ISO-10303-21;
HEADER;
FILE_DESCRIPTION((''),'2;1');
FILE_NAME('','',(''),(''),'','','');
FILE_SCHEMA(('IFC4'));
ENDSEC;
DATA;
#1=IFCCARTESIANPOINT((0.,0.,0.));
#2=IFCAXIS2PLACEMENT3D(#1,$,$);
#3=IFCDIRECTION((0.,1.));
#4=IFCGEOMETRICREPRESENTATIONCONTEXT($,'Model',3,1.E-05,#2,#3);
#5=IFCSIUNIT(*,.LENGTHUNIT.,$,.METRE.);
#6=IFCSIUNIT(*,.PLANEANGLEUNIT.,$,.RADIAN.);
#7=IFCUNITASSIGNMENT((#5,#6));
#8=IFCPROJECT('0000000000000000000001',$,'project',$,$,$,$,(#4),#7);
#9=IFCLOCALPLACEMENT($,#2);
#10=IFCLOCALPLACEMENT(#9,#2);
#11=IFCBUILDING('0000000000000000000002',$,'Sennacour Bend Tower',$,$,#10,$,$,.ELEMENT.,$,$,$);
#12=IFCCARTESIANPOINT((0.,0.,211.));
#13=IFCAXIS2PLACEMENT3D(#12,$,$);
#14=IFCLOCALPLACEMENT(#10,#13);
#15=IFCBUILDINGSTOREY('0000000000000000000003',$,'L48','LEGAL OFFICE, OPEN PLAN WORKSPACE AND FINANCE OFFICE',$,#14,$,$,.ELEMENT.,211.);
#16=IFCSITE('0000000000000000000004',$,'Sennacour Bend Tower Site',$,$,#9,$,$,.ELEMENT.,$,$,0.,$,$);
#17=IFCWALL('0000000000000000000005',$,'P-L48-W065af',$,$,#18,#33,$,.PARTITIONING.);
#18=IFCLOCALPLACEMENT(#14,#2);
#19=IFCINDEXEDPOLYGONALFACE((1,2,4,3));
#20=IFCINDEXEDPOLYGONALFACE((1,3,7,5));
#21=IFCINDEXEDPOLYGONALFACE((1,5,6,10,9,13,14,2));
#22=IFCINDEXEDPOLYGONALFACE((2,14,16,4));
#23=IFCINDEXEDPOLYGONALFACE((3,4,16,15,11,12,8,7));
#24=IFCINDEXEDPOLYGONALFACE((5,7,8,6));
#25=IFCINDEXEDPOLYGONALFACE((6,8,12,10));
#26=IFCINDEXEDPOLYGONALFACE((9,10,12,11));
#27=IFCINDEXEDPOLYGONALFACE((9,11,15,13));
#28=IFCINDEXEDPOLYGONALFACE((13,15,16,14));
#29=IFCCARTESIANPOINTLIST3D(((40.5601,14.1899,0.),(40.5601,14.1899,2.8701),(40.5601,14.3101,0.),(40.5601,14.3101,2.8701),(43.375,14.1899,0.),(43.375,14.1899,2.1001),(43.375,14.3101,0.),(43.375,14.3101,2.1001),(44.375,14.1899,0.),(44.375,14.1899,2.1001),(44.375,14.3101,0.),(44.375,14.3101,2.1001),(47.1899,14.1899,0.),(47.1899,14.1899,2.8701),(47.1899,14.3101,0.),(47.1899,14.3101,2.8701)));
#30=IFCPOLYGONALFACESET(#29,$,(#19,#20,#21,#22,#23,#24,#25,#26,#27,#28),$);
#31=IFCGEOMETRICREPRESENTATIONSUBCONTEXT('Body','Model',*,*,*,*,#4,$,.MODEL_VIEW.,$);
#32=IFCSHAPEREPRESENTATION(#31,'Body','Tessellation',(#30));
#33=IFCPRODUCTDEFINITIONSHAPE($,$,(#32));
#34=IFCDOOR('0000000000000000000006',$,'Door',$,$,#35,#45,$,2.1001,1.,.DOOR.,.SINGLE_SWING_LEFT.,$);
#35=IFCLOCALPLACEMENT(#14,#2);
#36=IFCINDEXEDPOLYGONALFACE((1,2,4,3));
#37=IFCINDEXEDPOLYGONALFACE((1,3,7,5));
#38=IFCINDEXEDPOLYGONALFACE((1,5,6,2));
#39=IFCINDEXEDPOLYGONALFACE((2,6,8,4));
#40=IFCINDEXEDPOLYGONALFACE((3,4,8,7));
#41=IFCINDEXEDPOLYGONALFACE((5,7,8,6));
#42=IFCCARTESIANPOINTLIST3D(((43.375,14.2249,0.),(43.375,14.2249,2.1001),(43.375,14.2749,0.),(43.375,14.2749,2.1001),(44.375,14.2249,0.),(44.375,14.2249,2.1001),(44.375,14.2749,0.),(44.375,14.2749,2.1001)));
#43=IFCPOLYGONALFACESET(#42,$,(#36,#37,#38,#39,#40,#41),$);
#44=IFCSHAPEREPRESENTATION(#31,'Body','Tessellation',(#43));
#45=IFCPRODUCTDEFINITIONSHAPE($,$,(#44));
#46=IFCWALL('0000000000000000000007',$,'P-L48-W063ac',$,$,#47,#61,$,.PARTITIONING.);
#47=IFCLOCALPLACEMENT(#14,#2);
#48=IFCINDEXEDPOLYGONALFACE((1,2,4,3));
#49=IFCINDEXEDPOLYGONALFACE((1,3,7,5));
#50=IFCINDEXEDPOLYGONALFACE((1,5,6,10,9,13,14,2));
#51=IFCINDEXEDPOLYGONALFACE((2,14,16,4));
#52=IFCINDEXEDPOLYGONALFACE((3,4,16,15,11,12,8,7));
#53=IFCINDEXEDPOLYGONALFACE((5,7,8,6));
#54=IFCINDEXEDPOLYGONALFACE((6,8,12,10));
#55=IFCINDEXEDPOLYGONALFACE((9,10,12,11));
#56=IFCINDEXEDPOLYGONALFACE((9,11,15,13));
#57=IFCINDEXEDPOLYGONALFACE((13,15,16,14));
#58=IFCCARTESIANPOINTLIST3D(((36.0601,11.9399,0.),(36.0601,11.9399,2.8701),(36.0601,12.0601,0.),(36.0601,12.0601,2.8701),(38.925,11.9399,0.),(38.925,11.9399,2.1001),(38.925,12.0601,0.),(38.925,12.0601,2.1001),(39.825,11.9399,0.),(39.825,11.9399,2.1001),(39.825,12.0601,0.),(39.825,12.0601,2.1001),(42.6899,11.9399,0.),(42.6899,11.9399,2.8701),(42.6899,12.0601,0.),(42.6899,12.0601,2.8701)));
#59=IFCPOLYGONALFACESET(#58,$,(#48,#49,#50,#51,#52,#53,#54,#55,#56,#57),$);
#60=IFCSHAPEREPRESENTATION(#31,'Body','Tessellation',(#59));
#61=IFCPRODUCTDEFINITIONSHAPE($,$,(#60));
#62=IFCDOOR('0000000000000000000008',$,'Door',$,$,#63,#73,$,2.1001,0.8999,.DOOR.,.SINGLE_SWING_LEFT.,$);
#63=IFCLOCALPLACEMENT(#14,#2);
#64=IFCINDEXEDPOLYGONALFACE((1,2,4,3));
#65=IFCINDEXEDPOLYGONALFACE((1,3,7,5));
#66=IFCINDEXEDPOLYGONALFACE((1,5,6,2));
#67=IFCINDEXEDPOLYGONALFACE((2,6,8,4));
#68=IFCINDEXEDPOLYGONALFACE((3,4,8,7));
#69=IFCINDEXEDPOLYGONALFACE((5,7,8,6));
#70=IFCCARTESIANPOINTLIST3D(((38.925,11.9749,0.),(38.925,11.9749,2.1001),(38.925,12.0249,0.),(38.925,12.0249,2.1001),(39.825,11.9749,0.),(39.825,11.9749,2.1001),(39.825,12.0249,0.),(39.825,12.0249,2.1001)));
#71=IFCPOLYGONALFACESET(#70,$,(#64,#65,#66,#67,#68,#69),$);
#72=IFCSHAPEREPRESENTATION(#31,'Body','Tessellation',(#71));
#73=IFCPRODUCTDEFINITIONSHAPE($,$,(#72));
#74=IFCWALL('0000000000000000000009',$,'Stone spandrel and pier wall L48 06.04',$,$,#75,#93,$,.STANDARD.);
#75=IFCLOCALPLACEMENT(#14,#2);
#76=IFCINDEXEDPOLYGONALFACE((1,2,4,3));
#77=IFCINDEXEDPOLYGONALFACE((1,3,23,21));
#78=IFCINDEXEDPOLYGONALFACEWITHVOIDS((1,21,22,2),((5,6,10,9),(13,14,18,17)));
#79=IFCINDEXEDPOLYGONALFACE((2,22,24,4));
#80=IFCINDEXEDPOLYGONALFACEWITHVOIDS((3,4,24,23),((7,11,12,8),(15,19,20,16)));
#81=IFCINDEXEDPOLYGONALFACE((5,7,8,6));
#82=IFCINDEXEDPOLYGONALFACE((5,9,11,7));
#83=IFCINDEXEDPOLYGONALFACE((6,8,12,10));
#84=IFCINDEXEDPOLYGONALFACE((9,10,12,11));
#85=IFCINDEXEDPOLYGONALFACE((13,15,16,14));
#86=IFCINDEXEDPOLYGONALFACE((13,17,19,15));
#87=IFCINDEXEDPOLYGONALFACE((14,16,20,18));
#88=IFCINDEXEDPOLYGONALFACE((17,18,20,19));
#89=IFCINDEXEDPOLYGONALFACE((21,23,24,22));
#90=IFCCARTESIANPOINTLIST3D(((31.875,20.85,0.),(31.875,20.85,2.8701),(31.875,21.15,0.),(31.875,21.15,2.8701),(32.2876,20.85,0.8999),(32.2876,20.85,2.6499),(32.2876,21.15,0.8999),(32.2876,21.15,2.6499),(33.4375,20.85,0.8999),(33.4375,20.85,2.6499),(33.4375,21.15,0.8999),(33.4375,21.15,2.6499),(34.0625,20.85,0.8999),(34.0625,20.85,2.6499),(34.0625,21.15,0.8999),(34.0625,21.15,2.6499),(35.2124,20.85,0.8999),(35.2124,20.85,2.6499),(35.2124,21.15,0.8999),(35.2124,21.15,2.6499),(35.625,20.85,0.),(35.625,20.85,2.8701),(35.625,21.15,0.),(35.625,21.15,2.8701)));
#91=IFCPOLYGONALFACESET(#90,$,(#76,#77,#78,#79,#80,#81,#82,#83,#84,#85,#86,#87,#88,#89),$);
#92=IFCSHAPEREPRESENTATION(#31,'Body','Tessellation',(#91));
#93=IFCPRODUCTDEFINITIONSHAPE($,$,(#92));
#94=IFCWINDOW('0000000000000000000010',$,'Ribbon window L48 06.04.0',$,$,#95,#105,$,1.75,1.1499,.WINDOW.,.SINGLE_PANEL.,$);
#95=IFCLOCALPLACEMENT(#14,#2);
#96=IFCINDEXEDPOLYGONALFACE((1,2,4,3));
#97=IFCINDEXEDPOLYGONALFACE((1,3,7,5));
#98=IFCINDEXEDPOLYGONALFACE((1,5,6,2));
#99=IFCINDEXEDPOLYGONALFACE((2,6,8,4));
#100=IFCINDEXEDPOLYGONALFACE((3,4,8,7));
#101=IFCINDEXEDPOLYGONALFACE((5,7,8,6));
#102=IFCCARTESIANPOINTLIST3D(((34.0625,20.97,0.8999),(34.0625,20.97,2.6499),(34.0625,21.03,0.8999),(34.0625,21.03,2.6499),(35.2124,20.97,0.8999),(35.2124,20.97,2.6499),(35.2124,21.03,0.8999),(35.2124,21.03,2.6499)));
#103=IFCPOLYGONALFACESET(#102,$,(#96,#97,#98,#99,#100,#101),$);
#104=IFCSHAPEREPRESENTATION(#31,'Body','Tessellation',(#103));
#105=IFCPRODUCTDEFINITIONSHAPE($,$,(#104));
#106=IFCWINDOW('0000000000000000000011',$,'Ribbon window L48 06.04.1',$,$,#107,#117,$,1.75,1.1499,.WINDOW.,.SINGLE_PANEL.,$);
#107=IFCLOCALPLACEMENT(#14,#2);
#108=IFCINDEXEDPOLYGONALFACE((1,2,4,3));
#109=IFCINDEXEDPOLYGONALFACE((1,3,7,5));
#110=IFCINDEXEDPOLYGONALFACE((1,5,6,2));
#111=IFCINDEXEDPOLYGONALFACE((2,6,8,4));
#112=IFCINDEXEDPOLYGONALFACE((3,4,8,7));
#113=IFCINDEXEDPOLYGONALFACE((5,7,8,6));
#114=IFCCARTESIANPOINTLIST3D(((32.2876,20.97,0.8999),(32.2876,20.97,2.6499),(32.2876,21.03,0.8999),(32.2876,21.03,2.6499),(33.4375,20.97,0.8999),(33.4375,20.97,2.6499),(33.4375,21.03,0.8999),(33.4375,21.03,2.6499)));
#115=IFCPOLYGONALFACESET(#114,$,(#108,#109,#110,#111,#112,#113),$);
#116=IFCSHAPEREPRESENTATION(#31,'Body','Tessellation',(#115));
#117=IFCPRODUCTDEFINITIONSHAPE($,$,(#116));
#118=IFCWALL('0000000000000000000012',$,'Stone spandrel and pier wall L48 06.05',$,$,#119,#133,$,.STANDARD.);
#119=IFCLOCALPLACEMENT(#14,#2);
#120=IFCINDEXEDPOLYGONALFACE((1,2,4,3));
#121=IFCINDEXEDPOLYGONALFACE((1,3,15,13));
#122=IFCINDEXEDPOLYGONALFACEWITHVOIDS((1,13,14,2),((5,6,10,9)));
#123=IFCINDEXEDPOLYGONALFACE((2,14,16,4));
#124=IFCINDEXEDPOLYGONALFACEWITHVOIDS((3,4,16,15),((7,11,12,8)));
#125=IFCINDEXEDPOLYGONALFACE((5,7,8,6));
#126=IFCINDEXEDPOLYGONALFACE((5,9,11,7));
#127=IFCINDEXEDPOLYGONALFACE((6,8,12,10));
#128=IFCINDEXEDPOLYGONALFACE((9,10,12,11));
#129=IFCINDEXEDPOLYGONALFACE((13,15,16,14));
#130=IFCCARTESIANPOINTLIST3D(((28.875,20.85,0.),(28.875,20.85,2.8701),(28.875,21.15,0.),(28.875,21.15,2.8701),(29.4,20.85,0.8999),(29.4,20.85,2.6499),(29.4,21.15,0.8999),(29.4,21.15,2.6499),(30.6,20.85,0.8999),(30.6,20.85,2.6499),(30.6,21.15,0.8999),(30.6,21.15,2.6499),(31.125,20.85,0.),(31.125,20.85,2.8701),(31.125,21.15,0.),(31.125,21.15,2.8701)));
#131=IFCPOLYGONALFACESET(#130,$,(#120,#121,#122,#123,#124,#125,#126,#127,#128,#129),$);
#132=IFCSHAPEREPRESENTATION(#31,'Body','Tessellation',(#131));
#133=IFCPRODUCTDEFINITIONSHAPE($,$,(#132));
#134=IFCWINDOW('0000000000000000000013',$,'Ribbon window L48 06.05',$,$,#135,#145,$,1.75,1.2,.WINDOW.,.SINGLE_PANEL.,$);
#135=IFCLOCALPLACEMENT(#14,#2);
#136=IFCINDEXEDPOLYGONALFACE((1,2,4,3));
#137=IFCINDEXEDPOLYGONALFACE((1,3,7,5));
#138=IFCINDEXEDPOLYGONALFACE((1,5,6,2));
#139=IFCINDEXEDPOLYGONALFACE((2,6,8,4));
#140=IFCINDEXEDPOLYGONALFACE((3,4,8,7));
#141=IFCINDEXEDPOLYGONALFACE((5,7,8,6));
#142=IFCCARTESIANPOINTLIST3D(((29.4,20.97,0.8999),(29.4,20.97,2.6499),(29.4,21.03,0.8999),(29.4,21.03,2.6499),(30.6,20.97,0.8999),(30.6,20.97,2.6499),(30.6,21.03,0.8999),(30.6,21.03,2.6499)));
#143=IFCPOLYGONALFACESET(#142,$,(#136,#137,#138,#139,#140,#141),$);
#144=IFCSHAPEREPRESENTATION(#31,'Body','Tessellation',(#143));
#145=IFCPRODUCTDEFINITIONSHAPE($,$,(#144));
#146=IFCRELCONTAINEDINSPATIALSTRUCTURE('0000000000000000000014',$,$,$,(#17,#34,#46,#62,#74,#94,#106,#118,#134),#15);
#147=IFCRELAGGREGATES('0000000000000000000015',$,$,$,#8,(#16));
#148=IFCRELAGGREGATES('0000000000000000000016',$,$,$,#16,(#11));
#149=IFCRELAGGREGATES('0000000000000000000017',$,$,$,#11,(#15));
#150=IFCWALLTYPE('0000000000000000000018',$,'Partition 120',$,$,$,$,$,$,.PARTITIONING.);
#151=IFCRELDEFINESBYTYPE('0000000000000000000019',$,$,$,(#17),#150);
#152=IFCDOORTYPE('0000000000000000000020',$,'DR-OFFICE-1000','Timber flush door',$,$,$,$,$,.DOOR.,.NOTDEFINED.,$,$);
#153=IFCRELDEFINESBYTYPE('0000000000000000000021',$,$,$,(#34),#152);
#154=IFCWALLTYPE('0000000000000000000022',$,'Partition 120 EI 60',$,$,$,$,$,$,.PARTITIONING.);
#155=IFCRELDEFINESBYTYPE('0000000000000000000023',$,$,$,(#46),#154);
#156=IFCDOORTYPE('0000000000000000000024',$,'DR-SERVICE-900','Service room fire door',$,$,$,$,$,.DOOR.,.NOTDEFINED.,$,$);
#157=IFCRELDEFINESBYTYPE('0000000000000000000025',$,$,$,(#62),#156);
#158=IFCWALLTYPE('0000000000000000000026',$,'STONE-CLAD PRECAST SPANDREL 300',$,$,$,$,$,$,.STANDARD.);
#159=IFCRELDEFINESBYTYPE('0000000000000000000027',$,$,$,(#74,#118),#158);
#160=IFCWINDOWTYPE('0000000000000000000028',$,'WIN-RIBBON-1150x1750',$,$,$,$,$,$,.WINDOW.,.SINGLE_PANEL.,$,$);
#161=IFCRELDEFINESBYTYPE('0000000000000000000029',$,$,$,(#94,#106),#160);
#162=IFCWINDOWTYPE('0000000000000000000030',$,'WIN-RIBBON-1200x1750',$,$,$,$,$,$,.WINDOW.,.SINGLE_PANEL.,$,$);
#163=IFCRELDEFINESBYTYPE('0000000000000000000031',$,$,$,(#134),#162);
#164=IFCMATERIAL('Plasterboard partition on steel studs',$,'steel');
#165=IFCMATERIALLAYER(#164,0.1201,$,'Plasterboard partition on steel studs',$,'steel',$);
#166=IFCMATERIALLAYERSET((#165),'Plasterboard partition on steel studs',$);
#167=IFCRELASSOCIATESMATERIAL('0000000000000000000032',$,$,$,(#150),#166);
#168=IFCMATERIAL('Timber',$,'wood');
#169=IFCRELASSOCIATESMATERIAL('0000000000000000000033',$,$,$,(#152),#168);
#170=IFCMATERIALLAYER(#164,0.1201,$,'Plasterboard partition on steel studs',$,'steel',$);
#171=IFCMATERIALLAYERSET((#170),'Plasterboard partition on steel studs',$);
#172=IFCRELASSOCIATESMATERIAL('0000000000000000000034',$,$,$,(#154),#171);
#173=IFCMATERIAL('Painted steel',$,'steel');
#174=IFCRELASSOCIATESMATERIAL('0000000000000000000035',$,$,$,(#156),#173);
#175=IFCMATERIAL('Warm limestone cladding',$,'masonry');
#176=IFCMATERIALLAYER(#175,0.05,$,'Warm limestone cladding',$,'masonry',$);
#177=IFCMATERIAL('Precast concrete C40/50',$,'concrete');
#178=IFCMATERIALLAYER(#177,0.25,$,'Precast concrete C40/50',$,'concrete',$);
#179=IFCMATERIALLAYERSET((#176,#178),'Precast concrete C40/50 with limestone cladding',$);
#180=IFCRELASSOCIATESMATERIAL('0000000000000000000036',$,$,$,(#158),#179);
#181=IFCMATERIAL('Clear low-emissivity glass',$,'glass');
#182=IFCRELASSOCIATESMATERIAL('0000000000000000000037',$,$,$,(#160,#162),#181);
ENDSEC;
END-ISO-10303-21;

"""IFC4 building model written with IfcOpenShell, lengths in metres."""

from ifc_helpers import new_model, si_unit, direction, frame, frame_2d, origin, place, context, subcontext, project, spatial, rectangle, extrude, material, layer, layer_set, type_object, element, fill, save


model = new_model("IFC4")

# Units and contexts
model_context = context("Model", 3, precision=1e-05, world=origin(), true_north=direction((0.0, 1.0)))
body_context = subcontext(model_context, "Body", "Model", "MODEL_VIEW")
ifc_project = project(units=[si_unit("LENGTHUNIT", "METRE"), si_unit("PLANEANGLEUNIT", "RADIAN")], contexts=[model_context])

# Site, building, storey
site_placement = place(None, origin())
site = spatial("IfcSite", under=ifc_project, at=site_placement, Name="Sennacour Bend Tower Site", CompositionType="ELEMENT", RefElevation=0.0)
building_placement = place(site_placement, origin())
building = spatial("IfcBuilding", under=site, at=building_placement, Name="Sennacour Bend Tower", CompositionType="ELEMENT")
storey_placement = place(building_placement, frame((0.0, 0.0, 211.0)))
storey = spatial("IfcBuildingStorey", under=building, at=storey_placement, Name="L48", Description="LEGAL OFFICE, OPEN PLAN WORKSPACE AND FINANCE OFFICE", CompositionType="ELEMENT", Elevation=211.0)

# Shared definitions
ifc_material_1 = material(Name="Plasterboard partition on steel studs", Category="steel")
ifc_layer_1 = layer(ifc_material_1, 0.1201, Name="Plasterboard partition on steel studs", Category="steel")
ifc_layer_set_1 = layer_set([ifc_layer_1], Name="Plasterboard partition on steel studs")
wall_type_1 = type_object("IfcWallType", Name="Partition 120", PredefinedType="PARTITIONING", material=ifc_layer_set_1)

# Walls, openings, doors
ifc_material_2 = material(Name="Timber", Category="wood")
door_type_1 = type_object("IfcDoorType", Name="DR-OFFICE-1000", Description="Timber flush door", OperationType="NOTDEFINED", PredefinedType="DOOR", material=ifc_material_2)
wall_1_placement = place(storey_placement, frame((40.5601, 14.25, 0.0), z_axis=(0.0, 0.0, 1.0), x_axis=(1.0, 0.0, 0.0)))
wall_1 = element("IfcWall", 1, at=wall_1_placement, inside=storey, type_object=wall_type_1, Name="P-L48-W065af", PredefinedType="PARTITIONING", context=body_context, shape_type="SweptSolid", body=[
    extrude(rectangle(XDim=6.6299, YDim=0.1201, at=frame_2d((3.3149, 0.0))), origin(), (0.0, 0.0, 1.0), 2.8701),
])
opening_1_placement = place(wall_1_placement, frame((2.8149, 0.0, 0.0)))
opening_1 = element("IfcOpeningElement", 2, at=opening_1_placement, cuts=wall_1, PredefinedType="OPENING", context=body_context, shape_type="SweptSolid", body=[
    extrude(rectangle(XDim=1.0, YDim=2.1001, at=frame_2d((0.5, 1.05))), frame((0.0, 0.0701, 0.0), z_axis=(0.0, -1.0, 0.0), x_axis=(1.0, 0.0, 0.0)), (0.0, 0.0, 1.0), 0.1401),
])
door_1_placement = place(opening_1_placement, origin())
door_1 = element("IfcDoor", 3, at=door_1_placement, inside=storey, type_object=door_type_1, Name="Door", OperationType="SINGLE_SWING_LEFT", OverallHeight=2.1001, OverallWidth=1.0, PredefinedType="DOOR", context=body_context, shape_type="SweptSolid", body=[
    extrude(rectangle(XDim=1.0, YDim=2.1001, at=frame_2d((0.5, 1.05))), frame((0.0, 0.0249, 0.0), z_axis=(0.0, -1.0, 0.0), x_axis=(1.0, 0.0, 0.0)), (0.0, 0.0, 1.0), 0.05),
])
fill(opening_1, door_1)
ifc_layer_2 = layer(ifc_material_1, 0.1201, Name="Plasterboard partition on steel studs", Category="steel")
ifc_layer_set_2 = layer_set([ifc_layer_2], Name="Plasterboard partition on steel studs")
wall_type_2 = type_object("IfcWallType", Name="Partition 120 EI 60", PredefinedType="PARTITIONING", material=ifc_layer_set_2)
wall_2_placement = place(storey_placement, frame((36.0601, 12.0, 0.0), z_axis=(0.0, 0.0, 1.0), x_axis=(1.0, 0.0, 0.0)))
wall_2 = element("IfcWall", 4, at=wall_2_placement, inside=storey, type_object=wall_type_2, Name="P-L48-W063ac", PredefinedType="PARTITIONING", context=body_context, shape_type="SweptSolid", body=[
    extrude(rectangle(XDim=6.6299, YDim=0.1201, at=frame_2d((3.3149, 0.0))), origin(), (0.0, 0.0, 1.0), 2.8701),
])
opening_2_placement = place(wall_2_placement, frame((2.865, 0.0, 0.0)))
opening_2 = element("IfcOpeningElement", 5, at=opening_2_placement, cuts=wall_2, PredefinedType="OPENING", context=body_context, shape_type="SweptSolid", body=[
    extrude(rectangle(XDim=0.8999, YDim=2.1001, at=frame_2d((0.45, 1.05))), frame((0.0, 0.0701, 0.0), z_axis=(0.0, -1.0, 0.0), x_axis=(1.0, 0.0, 0.0)), (0.0, 0.0, 1.0), 0.1401),
])
ifc_material_3 = material(Name="Painted steel", Category="steel")
door_type_2 = type_object("IfcDoorType", Name="DR-SERVICE-900", Description="Service room fire door", OperationType="NOTDEFINED", PredefinedType="DOOR", material=ifc_material_3)
door_2_placement = place(opening_2_placement, origin())
door_2 = element("IfcDoor", 6, at=door_2_placement, inside=storey, type_object=door_type_2, Name="Door", OperationType="SINGLE_SWING_LEFT", OverallHeight=2.1001, OverallWidth=0.8999, PredefinedType="DOOR", context=body_context, shape_type="SweptSolid", body=[
    extrude(rectangle(XDim=0.8999, YDim=2.1001, at=frame_2d((0.45, 1.05))), frame((0.0, 0.0249, 0.0), z_axis=(0.0, -1.0, 0.0), x_axis=(1.0, 0.0, 0.0)), (0.0, 0.0, 1.0), 0.05),
])
fill(opening_2, door_2)

# Wall, openings, windows
ifc_material_4 = material(Name="Warm limestone cladding", Category="masonry")
ifc_layer_3 = layer(ifc_material_4, 0.05, Name="Warm limestone cladding", Category="masonry")
ifc_material_5 = material(Name="Precast concrete C40/50", Category="concrete")
ifc_layer_4 = layer(ifc_material_5, 0.25, Name="Precast concrete C40/50", Category="concrete")
ifc_layer_set_3 = layer_set([ifc_layer_3, ifc_layer_4], Name="Precast concrete C40/50 with limestone cladding")
wall_type_3 = type_object("IfcWallType", Name="STONE-CLAD PRECAST SPANDREL 300", PredefinedType="STANDARD", material=ifc_layer_set_3)
wall_3_placement = place(storey_placement, frame((35.625, 21.0, 0.0), z_axis=(0.0, 0.0, 1.0), x_axis=(-1.0, 0.0, 0.0)))
wall_3 = element("IfcWall", 7, at=wall_3_placement, inside=storey, type_object=wall_type_3, Name="Stone spandrel and pier wall L48 06.04", PredefinedType="STANDARD", context=body_context, shape_type="SweptSolid", body=[
    extrude(rectangle(XDim=3.75, YDim=0.3, at=frame_2d((1.875, 0.0))), origin(), (0.0, 0.0, 1.0), 2.8701),
])
opening_3_placement = place(wall_3_placement, frame((0.4126, 0.0, 0.8999)))
opening_3 = element("IfcOpeningElement", 8, at=opening_3_placement, cuts=wall_3, PredefinedType="OPENING", context=body_context, shape_type="SweptSolid", body=[
    extrude(rectangle(XDim=1.1499, YDim=1.75, at=frame_2d((0.575, 0.875))), frame((0.0, 0.1602, 0.0), z_axis=(0.0, -1.0, 0.0), x_axis=(1.0, 0.0, 0.0)), (0.0, 0.0, 1.0), 0.3201),
])
opening_4_placement = place(wall_3_placement, frame((2.1875, 0.0, 0.8999)))
opening_4 = element("IfcOpeningElement", 9, at=opening_4_placement, cuts=wall_3, PredefinedType="OPENING", context=body_context, shape_type="SweptSolid", body=[
    extrude(rectangle(XDim=1.1499, YDim=1.75, at=frame_2d((0.575, 0.875))), frame((0.0, 0.1602, 0.0), z_axis=(0.0, -1.0, 0.0), x_axis=(1.0, 0.0, 0.0)), (0.0, 0.0, 1.0), 0.3201),
])
ifc_material_6 = material(Name="Clear low-emissivity glass", Category="glass")
window_type_1 = type_object("IfcWindowType", Name="WIN-RIBBON-1150x1750", PartitioningType="SINGLE_PANEL", PredefinedType="WINDOW", material=ifc_material_6)
window_1_placement = place(opening_3_placement, origin())
window_1 = element("IfcWindow", 10, at=window_1_placement, inside=storey, type_object=window_type_1, Name="Ribbon window L48 06.04.0", OverallHeight=1.75, OverallWidth=1.1499, PartitioningType="SINGLE_PANEL", PredefinedType="WINDOW", context=body_context, shape_type="SweptSolid", body=[
    extrude(rectangle(XDim=1.1499, YDim=1.75, at=frame_2d((0.575, 0.875))), frame((0.0, 0.03, 0.0), z_axis=(0.0, -1.0, 0.0), x_axis=(1.0, 0.0, 0.0)), (0.0, 0.0, 1.0), 0.0601),
])
fill(opening_3, window_1)
window_2_placement = place(opening_4_placement, origin())
window_2 = element("IfcWindow", 11, at=window_2_placement, inside=storey, type_object=window_type_1, Name="Ribbon window L48 06.04.1", OverallHeight=1.75, OverallWidth=1.1499, PartitioningType="SINGLE_PANEL", PredefinedType="WINDOW", context=body_context, shape_type="SweptSolid", body=[
    extrude(rectangle(XDim=1.1499, YDim=1.75, at=frame_2d((0.575, 0.875))), frame((0.0, 0.03, 0.0), z_axis=(0.0, -1.0, 0.0), x_axis=(1.0, 0.0, 0.0)), (0.0, 0.0, 1.0), 0.0601),
])
fill(opening_4, window_2)

# Wall, opening, window
wall_4_placement = place(storey_placement, frame((31.125, 21.0, 0.0), z_axis=(0.0, 0.0, 1.0), x_axis=(-1.0, 0.0, 0.0)))
wall_4 = element("IfcWall", 12, at=wall_4_placement, inside=storey, type_object=wall_type_3, Name="Stone spandrel and pier wall L48 06.05", PredefinedType="STANDARD", context=body_context, shape_type="SweptSolid", body=[
    extrude(rectangle(XDim=2.25, YDim=0.3, at=frame_2d((1.125, 0.0))), origin(), (0.0, 0.0, 1.0), 2.8701),
])
opening_5_placement = place(wall_4_placement, frame((0.5249, 0.0, 0.8999)))
opening_5 = element("IfcOpeningElement", 13, at=opening_5_placement, cuts=wall_4, PredefinedType="OPENING", context=body_context, shape_type="SweptSolid", body=[
    extrude(rectangle(XDim=1.2, YDim=1.75, at=frame_2d((0.6001, 0.875))), frame((0.0, 0.1602, 0.0), z_axis=(0.0, -1.0, 0.0), x_axis=(1.0, 0.0, 0.0)), (0.0, 0.0, 1.0), 0.3201),
])
window_type_2 = type_object("IfcWindowType", Name="WIN-RIBBON-1200x1750", PartitioningType="SINGLE_PANEL", PredefinedType="WINDOW", material=ifc_material_6)
window_3_placement = place(opening_5_placement, origin())
window_3 = element("IfcWindow", 14, at=window_3_placement, inside=storey, type_object=window_type_2, Name="Ribbon window L48 06.05", OverallHeight=1.75, OverallWidth=1.2, PartitioningType="SINGLE_PANEL", PredefinedType="WINDOW", context=body_context, shape_type="SweptSolid", body=[
    extrude(rectangle(XDim=1.2, YDim=1.75, at=frame_2d((0.6001, 0.875))), frame((0.0, 0.03, 0.0), z_axis=(0.0, -1.0, 0.0), x_axis=(1.0, 0.0, 0.0)), (0.0, 0.0, 1.0), 0.0601),
])
fill(opening_5, window_3)

save(model, "model.ifc")
